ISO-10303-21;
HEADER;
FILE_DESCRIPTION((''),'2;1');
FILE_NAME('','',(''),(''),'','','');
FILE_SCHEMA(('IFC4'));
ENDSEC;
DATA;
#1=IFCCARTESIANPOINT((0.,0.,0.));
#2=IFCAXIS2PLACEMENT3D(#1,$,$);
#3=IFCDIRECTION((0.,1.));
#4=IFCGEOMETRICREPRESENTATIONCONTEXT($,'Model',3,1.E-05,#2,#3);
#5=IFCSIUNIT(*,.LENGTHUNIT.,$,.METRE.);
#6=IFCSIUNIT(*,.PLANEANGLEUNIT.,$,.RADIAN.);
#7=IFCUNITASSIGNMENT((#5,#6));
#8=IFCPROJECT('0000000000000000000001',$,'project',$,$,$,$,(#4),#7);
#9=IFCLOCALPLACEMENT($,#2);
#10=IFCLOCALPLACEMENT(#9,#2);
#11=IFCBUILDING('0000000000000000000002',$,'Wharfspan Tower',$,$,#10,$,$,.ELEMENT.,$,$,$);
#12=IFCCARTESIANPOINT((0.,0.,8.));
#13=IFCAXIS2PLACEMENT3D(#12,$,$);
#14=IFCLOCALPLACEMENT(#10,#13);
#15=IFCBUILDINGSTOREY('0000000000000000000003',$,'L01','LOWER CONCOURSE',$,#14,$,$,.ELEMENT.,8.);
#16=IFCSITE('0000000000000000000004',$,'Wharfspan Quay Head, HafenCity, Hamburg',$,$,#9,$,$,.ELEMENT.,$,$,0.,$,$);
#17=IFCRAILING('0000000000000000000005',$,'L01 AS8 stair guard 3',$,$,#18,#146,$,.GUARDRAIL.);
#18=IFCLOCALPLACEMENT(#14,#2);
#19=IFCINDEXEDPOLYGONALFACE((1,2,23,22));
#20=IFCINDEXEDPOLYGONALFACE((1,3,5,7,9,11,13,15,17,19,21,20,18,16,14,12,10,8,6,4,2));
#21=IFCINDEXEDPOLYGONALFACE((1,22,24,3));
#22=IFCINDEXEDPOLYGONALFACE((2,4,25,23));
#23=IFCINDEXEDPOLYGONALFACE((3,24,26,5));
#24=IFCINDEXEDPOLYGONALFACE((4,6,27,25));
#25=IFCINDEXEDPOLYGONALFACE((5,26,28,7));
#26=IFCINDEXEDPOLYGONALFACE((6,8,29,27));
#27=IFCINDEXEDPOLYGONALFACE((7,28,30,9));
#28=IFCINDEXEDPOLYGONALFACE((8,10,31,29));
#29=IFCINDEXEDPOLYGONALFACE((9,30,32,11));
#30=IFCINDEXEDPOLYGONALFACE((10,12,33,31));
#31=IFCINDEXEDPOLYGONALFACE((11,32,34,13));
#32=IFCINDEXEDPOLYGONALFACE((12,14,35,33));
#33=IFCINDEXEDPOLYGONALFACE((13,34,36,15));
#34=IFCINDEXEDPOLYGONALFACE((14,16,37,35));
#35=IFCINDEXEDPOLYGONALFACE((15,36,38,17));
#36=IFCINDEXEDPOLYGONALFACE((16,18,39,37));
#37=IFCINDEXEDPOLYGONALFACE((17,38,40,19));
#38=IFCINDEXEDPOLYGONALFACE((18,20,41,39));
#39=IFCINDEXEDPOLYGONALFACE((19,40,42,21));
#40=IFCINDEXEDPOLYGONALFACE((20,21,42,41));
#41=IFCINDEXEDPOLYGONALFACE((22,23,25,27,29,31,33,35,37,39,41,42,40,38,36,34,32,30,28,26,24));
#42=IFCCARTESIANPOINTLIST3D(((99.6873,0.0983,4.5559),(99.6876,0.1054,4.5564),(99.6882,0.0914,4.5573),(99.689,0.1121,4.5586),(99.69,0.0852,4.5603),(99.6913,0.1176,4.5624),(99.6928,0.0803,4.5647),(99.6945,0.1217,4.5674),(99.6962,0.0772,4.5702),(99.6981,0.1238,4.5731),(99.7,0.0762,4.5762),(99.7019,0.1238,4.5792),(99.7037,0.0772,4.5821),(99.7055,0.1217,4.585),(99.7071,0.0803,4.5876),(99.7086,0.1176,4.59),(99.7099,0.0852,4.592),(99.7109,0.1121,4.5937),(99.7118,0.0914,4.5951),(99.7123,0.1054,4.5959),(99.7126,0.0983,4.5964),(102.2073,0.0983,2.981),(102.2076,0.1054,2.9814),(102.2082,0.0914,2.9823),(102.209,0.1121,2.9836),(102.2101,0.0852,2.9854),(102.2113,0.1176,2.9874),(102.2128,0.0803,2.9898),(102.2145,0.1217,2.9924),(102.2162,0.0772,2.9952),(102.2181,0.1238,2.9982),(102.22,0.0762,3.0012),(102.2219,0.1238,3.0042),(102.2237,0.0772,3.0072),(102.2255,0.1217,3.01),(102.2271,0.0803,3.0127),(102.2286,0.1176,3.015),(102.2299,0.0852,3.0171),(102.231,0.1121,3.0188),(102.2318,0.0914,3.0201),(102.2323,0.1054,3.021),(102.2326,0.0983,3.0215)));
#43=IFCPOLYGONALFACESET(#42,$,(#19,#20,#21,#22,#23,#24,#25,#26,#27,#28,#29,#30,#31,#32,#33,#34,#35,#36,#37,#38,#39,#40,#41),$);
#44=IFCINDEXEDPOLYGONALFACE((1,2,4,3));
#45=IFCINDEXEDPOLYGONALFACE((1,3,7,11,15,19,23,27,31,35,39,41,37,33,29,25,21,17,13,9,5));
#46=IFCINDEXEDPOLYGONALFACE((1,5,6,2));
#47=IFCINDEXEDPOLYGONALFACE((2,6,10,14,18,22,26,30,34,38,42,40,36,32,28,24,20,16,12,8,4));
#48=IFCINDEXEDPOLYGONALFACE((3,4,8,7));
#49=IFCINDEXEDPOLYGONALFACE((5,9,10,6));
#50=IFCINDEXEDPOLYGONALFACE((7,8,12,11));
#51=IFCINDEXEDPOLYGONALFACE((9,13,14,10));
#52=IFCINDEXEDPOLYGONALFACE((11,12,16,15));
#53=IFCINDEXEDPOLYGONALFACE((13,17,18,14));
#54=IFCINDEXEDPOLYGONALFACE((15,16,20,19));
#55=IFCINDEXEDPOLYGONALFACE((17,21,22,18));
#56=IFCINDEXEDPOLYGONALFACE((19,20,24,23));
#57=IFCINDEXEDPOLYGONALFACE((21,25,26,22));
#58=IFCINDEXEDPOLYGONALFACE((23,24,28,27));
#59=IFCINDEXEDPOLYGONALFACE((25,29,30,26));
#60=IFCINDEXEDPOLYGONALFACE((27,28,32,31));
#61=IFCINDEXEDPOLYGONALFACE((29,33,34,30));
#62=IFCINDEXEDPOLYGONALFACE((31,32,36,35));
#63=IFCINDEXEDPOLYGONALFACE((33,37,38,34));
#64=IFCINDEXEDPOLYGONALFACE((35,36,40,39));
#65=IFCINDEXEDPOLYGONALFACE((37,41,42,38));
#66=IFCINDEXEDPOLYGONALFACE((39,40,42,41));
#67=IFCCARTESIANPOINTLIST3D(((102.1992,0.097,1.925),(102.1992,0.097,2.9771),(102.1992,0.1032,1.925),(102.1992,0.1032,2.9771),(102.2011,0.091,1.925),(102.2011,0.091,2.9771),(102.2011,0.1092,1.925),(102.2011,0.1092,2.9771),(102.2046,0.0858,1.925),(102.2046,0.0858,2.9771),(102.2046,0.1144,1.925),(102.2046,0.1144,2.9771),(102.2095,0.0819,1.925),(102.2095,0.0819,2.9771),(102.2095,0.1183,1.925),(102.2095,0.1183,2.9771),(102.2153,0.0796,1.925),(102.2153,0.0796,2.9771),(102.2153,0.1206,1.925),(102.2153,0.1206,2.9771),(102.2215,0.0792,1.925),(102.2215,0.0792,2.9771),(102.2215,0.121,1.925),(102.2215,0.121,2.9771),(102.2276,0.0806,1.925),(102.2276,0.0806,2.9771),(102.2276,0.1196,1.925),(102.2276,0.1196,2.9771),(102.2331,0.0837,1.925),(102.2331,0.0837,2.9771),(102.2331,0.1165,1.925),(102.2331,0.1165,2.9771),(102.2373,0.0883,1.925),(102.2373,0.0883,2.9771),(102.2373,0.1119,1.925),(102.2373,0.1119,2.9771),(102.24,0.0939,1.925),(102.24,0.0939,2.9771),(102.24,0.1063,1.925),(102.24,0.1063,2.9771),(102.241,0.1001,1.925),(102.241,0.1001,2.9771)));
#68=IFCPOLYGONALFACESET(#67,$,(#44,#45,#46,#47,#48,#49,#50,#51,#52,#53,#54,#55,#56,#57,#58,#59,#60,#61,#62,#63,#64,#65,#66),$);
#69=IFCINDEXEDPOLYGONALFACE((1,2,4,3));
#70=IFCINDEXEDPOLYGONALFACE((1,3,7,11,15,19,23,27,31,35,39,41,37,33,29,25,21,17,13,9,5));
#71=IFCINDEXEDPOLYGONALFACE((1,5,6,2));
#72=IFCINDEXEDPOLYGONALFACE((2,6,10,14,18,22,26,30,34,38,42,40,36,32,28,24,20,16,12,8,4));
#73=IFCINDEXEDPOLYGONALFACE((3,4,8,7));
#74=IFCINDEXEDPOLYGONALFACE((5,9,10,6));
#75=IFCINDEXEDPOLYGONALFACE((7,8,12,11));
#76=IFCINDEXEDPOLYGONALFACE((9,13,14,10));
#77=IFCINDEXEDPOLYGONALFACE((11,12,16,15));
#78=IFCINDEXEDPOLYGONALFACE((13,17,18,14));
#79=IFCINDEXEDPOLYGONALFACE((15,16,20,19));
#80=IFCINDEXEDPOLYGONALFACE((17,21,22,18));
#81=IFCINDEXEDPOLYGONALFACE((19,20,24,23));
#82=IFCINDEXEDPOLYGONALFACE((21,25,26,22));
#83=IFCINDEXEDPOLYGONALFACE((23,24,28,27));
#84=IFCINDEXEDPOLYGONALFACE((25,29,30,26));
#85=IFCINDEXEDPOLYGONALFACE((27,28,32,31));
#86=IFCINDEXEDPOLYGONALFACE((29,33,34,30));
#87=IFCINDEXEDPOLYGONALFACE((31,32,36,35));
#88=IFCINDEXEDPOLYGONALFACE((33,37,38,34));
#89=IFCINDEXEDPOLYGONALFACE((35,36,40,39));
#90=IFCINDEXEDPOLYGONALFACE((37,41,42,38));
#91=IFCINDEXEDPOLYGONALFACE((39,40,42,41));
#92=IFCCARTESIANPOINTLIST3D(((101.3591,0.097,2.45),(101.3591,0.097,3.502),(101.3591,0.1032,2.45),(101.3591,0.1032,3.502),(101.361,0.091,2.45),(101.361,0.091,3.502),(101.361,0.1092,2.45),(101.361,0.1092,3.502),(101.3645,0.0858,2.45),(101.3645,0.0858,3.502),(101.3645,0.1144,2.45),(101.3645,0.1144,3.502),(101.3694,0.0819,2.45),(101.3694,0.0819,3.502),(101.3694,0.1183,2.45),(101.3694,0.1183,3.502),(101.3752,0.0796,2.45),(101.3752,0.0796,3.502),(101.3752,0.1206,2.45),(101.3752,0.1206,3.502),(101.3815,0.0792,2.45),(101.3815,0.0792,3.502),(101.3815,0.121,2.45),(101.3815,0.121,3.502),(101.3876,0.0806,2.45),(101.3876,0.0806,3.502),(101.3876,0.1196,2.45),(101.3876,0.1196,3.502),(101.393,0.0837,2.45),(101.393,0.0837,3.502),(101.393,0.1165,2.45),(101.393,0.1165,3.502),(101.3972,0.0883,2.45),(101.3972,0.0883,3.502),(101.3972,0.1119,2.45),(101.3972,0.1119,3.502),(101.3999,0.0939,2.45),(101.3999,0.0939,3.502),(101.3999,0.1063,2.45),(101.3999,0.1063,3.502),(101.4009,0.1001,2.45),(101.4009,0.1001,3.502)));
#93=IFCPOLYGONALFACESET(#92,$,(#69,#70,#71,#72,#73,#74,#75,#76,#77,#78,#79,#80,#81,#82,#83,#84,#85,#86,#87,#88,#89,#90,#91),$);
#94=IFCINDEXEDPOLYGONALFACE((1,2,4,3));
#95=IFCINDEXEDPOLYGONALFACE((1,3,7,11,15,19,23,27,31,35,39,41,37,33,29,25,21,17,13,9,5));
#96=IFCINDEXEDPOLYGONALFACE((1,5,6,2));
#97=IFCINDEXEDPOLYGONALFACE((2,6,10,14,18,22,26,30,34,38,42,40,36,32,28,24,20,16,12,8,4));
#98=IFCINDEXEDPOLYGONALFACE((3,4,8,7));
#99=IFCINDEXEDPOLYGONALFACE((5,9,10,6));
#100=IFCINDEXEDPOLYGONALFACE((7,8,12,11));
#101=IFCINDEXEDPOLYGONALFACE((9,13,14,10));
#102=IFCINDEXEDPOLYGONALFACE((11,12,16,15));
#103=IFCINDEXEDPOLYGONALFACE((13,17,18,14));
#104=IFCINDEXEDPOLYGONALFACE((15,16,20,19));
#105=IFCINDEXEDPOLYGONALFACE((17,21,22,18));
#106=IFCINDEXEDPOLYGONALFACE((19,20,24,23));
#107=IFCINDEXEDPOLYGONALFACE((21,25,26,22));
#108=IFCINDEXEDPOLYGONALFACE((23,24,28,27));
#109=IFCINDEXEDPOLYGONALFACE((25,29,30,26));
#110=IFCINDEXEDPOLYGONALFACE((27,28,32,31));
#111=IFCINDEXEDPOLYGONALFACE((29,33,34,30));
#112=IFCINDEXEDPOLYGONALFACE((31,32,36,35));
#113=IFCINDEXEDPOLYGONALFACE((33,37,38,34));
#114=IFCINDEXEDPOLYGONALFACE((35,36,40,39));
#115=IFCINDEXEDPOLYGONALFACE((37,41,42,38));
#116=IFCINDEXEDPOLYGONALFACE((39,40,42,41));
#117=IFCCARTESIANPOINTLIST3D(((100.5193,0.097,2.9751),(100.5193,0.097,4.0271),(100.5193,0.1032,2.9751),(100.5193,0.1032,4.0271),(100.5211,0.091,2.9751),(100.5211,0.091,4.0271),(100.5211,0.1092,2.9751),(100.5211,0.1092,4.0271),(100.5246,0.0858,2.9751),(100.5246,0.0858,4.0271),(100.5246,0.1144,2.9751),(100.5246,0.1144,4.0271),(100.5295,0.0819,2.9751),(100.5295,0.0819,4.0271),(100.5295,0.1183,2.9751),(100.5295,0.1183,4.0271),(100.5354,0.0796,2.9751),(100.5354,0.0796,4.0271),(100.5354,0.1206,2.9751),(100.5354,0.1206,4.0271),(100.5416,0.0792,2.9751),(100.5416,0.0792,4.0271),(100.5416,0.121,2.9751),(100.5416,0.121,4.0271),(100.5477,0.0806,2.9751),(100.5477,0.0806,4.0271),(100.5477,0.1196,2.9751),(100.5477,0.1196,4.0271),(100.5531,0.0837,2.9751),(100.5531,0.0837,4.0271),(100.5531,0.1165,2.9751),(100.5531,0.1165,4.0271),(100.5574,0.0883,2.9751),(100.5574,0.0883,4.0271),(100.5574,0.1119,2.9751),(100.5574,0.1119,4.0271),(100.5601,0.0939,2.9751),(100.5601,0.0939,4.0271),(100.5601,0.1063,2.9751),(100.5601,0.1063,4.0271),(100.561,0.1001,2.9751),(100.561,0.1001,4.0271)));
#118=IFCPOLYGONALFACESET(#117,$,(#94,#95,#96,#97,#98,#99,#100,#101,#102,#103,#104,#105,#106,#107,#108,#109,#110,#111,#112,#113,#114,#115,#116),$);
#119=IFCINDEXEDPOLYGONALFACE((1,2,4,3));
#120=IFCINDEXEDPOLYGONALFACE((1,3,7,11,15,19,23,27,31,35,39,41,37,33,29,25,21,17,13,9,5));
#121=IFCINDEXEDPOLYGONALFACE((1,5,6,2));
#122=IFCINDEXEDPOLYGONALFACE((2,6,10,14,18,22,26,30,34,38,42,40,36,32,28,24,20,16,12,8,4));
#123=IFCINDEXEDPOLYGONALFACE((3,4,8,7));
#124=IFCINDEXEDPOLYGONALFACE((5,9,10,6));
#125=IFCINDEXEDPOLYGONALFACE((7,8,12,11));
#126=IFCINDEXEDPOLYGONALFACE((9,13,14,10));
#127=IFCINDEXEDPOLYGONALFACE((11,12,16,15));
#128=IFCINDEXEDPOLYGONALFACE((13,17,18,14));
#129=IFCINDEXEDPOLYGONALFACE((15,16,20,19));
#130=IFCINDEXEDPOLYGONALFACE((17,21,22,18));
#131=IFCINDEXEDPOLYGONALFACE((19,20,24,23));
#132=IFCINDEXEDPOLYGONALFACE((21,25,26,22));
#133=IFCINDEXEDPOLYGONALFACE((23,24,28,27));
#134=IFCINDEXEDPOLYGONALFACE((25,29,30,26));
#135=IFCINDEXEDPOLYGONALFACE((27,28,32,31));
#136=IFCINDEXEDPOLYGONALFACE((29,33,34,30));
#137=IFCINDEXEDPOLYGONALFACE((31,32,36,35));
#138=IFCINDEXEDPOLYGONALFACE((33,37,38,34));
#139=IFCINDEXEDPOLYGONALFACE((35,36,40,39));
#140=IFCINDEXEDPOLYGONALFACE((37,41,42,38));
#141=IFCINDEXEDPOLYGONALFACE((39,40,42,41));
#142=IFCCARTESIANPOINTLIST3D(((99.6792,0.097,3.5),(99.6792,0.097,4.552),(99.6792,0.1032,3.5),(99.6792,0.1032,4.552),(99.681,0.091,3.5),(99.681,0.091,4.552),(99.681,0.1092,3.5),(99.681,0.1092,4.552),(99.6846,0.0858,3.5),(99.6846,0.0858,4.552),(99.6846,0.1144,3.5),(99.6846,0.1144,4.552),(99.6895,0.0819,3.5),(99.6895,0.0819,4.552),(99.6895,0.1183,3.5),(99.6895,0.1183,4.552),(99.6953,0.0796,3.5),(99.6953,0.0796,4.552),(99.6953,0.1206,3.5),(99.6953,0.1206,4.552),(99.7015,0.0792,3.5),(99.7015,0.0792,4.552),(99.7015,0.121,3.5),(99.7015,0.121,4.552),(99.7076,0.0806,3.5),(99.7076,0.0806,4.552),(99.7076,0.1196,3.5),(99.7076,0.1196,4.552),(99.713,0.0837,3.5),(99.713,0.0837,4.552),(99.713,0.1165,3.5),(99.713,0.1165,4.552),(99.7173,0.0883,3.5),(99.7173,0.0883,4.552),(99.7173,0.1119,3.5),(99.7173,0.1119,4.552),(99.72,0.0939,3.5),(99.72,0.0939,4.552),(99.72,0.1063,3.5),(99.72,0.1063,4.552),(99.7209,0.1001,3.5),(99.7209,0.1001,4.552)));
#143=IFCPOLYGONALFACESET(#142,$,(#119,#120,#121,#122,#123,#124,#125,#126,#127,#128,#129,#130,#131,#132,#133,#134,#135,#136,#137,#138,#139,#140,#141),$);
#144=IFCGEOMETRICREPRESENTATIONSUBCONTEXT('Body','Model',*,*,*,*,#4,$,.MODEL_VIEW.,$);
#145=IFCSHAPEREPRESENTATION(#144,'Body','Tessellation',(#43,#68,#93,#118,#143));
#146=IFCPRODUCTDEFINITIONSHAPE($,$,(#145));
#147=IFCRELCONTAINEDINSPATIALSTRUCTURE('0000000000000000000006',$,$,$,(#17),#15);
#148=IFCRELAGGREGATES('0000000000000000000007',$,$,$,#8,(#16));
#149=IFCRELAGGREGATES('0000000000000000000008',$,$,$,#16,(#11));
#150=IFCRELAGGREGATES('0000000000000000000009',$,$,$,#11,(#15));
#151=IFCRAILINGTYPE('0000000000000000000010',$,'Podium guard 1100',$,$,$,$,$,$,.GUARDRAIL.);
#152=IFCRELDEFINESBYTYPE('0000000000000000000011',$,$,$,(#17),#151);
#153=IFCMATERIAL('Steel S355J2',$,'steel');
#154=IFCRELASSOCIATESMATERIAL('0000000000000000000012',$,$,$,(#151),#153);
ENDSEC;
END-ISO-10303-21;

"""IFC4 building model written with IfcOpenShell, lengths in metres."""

from ifc_helpers import new_model, si_unit, direction, frame, origin, origin_2d, place, context, subcontext, project, spatial, circle, extrude, material, type_object, element, save


model = new_model("IFC4")

# Units and contexts
model_context = context("Model", 3, precision=1e-05, world=origin(), true_north=direction((0.0, 1.0)))
body_context = subcontext(model_context, "Body", "Model", "MODEL_VIEW")
ifc_project = project(units=[si_unit("LENGTHUNIT", "METRE"), si_unit("PLANEANGLEUNIT", "RADIAN")], contexts=[model_context])

# Site, building, storey
site_placement = place(None, origin())
site = spatial("IfcSite", under=ifc_project, at=site_placement, Name="Wharfspan Quay Head, HafenCity, Hamburg", CompositionType="ELEMENT", RefElevation=0.0)
building_placement = place(site_placement, origin())
building = spatial("IfcBuilding", under=site, at=building_placement, Name="Wharfspan Tower", CompositionType="ELEMENT")
storey_placement = place(building_placement, frame((0.0, 0.0, 8.0)))
storey = spatial("IfcBuildingStorey", under=building, at=storey_placement, Name="L01", Description="LOWER CONCOURSE", CompositionType="ELEMENT", Elevation=8.0)

# Railing
ifc_material_1 = material(Name="Steel S355J2", Category="steel")
railing_type_1 = type_object("IfcRailingType", Name="Podium guard 1100", PredefinedType="GUARDRAIL", material=ifc_material_1)
railing_1_placement = place(storey_placement, frame((102.22, 0.1001, 1.925)))
element("IfcRailing", 1, at=railing_1_placement, inside=storey, type_object=railing_type_1, Name="L01 AS8 stair guard 3", PredefinedType="GUARDRAIL", context=body_context, shape_type="SweptSolid", body=[
    extrude(circle(Radius=0.0239, at=origin_2d()), frame((0.0, 0.0, 1.0762), z_axis=(-0.848008, 0.0, 0.529984), x_axis=(0.0, -1.0, 0.0)), (0.0, 0.0, 1.0), 2.9717),
    extrude(circle(Radius=0.021, at=origin_2d()), origin(), (0.0, 0.0, 1.0), 1.052),
    extrude(circle(Radius=0.021, at=origin_2d()), frame((-0.8401, 0.0, 0.5249)), (0.0, 0.0, 1.0), 1.052),
    extrude(circle(Radius=0.021, at=origin_2d()), frame((-1.6799, 0.0, 1.05)), (0.0, 0.0, 1.0), 1.052),
    extrude(circle(Radius=0.021, at=origin_2d()), frame((-2.52, 0.0, 1.575)), (0.0, 0.0, 1.0), 1.052),
])

save(model, "model.ifc")
